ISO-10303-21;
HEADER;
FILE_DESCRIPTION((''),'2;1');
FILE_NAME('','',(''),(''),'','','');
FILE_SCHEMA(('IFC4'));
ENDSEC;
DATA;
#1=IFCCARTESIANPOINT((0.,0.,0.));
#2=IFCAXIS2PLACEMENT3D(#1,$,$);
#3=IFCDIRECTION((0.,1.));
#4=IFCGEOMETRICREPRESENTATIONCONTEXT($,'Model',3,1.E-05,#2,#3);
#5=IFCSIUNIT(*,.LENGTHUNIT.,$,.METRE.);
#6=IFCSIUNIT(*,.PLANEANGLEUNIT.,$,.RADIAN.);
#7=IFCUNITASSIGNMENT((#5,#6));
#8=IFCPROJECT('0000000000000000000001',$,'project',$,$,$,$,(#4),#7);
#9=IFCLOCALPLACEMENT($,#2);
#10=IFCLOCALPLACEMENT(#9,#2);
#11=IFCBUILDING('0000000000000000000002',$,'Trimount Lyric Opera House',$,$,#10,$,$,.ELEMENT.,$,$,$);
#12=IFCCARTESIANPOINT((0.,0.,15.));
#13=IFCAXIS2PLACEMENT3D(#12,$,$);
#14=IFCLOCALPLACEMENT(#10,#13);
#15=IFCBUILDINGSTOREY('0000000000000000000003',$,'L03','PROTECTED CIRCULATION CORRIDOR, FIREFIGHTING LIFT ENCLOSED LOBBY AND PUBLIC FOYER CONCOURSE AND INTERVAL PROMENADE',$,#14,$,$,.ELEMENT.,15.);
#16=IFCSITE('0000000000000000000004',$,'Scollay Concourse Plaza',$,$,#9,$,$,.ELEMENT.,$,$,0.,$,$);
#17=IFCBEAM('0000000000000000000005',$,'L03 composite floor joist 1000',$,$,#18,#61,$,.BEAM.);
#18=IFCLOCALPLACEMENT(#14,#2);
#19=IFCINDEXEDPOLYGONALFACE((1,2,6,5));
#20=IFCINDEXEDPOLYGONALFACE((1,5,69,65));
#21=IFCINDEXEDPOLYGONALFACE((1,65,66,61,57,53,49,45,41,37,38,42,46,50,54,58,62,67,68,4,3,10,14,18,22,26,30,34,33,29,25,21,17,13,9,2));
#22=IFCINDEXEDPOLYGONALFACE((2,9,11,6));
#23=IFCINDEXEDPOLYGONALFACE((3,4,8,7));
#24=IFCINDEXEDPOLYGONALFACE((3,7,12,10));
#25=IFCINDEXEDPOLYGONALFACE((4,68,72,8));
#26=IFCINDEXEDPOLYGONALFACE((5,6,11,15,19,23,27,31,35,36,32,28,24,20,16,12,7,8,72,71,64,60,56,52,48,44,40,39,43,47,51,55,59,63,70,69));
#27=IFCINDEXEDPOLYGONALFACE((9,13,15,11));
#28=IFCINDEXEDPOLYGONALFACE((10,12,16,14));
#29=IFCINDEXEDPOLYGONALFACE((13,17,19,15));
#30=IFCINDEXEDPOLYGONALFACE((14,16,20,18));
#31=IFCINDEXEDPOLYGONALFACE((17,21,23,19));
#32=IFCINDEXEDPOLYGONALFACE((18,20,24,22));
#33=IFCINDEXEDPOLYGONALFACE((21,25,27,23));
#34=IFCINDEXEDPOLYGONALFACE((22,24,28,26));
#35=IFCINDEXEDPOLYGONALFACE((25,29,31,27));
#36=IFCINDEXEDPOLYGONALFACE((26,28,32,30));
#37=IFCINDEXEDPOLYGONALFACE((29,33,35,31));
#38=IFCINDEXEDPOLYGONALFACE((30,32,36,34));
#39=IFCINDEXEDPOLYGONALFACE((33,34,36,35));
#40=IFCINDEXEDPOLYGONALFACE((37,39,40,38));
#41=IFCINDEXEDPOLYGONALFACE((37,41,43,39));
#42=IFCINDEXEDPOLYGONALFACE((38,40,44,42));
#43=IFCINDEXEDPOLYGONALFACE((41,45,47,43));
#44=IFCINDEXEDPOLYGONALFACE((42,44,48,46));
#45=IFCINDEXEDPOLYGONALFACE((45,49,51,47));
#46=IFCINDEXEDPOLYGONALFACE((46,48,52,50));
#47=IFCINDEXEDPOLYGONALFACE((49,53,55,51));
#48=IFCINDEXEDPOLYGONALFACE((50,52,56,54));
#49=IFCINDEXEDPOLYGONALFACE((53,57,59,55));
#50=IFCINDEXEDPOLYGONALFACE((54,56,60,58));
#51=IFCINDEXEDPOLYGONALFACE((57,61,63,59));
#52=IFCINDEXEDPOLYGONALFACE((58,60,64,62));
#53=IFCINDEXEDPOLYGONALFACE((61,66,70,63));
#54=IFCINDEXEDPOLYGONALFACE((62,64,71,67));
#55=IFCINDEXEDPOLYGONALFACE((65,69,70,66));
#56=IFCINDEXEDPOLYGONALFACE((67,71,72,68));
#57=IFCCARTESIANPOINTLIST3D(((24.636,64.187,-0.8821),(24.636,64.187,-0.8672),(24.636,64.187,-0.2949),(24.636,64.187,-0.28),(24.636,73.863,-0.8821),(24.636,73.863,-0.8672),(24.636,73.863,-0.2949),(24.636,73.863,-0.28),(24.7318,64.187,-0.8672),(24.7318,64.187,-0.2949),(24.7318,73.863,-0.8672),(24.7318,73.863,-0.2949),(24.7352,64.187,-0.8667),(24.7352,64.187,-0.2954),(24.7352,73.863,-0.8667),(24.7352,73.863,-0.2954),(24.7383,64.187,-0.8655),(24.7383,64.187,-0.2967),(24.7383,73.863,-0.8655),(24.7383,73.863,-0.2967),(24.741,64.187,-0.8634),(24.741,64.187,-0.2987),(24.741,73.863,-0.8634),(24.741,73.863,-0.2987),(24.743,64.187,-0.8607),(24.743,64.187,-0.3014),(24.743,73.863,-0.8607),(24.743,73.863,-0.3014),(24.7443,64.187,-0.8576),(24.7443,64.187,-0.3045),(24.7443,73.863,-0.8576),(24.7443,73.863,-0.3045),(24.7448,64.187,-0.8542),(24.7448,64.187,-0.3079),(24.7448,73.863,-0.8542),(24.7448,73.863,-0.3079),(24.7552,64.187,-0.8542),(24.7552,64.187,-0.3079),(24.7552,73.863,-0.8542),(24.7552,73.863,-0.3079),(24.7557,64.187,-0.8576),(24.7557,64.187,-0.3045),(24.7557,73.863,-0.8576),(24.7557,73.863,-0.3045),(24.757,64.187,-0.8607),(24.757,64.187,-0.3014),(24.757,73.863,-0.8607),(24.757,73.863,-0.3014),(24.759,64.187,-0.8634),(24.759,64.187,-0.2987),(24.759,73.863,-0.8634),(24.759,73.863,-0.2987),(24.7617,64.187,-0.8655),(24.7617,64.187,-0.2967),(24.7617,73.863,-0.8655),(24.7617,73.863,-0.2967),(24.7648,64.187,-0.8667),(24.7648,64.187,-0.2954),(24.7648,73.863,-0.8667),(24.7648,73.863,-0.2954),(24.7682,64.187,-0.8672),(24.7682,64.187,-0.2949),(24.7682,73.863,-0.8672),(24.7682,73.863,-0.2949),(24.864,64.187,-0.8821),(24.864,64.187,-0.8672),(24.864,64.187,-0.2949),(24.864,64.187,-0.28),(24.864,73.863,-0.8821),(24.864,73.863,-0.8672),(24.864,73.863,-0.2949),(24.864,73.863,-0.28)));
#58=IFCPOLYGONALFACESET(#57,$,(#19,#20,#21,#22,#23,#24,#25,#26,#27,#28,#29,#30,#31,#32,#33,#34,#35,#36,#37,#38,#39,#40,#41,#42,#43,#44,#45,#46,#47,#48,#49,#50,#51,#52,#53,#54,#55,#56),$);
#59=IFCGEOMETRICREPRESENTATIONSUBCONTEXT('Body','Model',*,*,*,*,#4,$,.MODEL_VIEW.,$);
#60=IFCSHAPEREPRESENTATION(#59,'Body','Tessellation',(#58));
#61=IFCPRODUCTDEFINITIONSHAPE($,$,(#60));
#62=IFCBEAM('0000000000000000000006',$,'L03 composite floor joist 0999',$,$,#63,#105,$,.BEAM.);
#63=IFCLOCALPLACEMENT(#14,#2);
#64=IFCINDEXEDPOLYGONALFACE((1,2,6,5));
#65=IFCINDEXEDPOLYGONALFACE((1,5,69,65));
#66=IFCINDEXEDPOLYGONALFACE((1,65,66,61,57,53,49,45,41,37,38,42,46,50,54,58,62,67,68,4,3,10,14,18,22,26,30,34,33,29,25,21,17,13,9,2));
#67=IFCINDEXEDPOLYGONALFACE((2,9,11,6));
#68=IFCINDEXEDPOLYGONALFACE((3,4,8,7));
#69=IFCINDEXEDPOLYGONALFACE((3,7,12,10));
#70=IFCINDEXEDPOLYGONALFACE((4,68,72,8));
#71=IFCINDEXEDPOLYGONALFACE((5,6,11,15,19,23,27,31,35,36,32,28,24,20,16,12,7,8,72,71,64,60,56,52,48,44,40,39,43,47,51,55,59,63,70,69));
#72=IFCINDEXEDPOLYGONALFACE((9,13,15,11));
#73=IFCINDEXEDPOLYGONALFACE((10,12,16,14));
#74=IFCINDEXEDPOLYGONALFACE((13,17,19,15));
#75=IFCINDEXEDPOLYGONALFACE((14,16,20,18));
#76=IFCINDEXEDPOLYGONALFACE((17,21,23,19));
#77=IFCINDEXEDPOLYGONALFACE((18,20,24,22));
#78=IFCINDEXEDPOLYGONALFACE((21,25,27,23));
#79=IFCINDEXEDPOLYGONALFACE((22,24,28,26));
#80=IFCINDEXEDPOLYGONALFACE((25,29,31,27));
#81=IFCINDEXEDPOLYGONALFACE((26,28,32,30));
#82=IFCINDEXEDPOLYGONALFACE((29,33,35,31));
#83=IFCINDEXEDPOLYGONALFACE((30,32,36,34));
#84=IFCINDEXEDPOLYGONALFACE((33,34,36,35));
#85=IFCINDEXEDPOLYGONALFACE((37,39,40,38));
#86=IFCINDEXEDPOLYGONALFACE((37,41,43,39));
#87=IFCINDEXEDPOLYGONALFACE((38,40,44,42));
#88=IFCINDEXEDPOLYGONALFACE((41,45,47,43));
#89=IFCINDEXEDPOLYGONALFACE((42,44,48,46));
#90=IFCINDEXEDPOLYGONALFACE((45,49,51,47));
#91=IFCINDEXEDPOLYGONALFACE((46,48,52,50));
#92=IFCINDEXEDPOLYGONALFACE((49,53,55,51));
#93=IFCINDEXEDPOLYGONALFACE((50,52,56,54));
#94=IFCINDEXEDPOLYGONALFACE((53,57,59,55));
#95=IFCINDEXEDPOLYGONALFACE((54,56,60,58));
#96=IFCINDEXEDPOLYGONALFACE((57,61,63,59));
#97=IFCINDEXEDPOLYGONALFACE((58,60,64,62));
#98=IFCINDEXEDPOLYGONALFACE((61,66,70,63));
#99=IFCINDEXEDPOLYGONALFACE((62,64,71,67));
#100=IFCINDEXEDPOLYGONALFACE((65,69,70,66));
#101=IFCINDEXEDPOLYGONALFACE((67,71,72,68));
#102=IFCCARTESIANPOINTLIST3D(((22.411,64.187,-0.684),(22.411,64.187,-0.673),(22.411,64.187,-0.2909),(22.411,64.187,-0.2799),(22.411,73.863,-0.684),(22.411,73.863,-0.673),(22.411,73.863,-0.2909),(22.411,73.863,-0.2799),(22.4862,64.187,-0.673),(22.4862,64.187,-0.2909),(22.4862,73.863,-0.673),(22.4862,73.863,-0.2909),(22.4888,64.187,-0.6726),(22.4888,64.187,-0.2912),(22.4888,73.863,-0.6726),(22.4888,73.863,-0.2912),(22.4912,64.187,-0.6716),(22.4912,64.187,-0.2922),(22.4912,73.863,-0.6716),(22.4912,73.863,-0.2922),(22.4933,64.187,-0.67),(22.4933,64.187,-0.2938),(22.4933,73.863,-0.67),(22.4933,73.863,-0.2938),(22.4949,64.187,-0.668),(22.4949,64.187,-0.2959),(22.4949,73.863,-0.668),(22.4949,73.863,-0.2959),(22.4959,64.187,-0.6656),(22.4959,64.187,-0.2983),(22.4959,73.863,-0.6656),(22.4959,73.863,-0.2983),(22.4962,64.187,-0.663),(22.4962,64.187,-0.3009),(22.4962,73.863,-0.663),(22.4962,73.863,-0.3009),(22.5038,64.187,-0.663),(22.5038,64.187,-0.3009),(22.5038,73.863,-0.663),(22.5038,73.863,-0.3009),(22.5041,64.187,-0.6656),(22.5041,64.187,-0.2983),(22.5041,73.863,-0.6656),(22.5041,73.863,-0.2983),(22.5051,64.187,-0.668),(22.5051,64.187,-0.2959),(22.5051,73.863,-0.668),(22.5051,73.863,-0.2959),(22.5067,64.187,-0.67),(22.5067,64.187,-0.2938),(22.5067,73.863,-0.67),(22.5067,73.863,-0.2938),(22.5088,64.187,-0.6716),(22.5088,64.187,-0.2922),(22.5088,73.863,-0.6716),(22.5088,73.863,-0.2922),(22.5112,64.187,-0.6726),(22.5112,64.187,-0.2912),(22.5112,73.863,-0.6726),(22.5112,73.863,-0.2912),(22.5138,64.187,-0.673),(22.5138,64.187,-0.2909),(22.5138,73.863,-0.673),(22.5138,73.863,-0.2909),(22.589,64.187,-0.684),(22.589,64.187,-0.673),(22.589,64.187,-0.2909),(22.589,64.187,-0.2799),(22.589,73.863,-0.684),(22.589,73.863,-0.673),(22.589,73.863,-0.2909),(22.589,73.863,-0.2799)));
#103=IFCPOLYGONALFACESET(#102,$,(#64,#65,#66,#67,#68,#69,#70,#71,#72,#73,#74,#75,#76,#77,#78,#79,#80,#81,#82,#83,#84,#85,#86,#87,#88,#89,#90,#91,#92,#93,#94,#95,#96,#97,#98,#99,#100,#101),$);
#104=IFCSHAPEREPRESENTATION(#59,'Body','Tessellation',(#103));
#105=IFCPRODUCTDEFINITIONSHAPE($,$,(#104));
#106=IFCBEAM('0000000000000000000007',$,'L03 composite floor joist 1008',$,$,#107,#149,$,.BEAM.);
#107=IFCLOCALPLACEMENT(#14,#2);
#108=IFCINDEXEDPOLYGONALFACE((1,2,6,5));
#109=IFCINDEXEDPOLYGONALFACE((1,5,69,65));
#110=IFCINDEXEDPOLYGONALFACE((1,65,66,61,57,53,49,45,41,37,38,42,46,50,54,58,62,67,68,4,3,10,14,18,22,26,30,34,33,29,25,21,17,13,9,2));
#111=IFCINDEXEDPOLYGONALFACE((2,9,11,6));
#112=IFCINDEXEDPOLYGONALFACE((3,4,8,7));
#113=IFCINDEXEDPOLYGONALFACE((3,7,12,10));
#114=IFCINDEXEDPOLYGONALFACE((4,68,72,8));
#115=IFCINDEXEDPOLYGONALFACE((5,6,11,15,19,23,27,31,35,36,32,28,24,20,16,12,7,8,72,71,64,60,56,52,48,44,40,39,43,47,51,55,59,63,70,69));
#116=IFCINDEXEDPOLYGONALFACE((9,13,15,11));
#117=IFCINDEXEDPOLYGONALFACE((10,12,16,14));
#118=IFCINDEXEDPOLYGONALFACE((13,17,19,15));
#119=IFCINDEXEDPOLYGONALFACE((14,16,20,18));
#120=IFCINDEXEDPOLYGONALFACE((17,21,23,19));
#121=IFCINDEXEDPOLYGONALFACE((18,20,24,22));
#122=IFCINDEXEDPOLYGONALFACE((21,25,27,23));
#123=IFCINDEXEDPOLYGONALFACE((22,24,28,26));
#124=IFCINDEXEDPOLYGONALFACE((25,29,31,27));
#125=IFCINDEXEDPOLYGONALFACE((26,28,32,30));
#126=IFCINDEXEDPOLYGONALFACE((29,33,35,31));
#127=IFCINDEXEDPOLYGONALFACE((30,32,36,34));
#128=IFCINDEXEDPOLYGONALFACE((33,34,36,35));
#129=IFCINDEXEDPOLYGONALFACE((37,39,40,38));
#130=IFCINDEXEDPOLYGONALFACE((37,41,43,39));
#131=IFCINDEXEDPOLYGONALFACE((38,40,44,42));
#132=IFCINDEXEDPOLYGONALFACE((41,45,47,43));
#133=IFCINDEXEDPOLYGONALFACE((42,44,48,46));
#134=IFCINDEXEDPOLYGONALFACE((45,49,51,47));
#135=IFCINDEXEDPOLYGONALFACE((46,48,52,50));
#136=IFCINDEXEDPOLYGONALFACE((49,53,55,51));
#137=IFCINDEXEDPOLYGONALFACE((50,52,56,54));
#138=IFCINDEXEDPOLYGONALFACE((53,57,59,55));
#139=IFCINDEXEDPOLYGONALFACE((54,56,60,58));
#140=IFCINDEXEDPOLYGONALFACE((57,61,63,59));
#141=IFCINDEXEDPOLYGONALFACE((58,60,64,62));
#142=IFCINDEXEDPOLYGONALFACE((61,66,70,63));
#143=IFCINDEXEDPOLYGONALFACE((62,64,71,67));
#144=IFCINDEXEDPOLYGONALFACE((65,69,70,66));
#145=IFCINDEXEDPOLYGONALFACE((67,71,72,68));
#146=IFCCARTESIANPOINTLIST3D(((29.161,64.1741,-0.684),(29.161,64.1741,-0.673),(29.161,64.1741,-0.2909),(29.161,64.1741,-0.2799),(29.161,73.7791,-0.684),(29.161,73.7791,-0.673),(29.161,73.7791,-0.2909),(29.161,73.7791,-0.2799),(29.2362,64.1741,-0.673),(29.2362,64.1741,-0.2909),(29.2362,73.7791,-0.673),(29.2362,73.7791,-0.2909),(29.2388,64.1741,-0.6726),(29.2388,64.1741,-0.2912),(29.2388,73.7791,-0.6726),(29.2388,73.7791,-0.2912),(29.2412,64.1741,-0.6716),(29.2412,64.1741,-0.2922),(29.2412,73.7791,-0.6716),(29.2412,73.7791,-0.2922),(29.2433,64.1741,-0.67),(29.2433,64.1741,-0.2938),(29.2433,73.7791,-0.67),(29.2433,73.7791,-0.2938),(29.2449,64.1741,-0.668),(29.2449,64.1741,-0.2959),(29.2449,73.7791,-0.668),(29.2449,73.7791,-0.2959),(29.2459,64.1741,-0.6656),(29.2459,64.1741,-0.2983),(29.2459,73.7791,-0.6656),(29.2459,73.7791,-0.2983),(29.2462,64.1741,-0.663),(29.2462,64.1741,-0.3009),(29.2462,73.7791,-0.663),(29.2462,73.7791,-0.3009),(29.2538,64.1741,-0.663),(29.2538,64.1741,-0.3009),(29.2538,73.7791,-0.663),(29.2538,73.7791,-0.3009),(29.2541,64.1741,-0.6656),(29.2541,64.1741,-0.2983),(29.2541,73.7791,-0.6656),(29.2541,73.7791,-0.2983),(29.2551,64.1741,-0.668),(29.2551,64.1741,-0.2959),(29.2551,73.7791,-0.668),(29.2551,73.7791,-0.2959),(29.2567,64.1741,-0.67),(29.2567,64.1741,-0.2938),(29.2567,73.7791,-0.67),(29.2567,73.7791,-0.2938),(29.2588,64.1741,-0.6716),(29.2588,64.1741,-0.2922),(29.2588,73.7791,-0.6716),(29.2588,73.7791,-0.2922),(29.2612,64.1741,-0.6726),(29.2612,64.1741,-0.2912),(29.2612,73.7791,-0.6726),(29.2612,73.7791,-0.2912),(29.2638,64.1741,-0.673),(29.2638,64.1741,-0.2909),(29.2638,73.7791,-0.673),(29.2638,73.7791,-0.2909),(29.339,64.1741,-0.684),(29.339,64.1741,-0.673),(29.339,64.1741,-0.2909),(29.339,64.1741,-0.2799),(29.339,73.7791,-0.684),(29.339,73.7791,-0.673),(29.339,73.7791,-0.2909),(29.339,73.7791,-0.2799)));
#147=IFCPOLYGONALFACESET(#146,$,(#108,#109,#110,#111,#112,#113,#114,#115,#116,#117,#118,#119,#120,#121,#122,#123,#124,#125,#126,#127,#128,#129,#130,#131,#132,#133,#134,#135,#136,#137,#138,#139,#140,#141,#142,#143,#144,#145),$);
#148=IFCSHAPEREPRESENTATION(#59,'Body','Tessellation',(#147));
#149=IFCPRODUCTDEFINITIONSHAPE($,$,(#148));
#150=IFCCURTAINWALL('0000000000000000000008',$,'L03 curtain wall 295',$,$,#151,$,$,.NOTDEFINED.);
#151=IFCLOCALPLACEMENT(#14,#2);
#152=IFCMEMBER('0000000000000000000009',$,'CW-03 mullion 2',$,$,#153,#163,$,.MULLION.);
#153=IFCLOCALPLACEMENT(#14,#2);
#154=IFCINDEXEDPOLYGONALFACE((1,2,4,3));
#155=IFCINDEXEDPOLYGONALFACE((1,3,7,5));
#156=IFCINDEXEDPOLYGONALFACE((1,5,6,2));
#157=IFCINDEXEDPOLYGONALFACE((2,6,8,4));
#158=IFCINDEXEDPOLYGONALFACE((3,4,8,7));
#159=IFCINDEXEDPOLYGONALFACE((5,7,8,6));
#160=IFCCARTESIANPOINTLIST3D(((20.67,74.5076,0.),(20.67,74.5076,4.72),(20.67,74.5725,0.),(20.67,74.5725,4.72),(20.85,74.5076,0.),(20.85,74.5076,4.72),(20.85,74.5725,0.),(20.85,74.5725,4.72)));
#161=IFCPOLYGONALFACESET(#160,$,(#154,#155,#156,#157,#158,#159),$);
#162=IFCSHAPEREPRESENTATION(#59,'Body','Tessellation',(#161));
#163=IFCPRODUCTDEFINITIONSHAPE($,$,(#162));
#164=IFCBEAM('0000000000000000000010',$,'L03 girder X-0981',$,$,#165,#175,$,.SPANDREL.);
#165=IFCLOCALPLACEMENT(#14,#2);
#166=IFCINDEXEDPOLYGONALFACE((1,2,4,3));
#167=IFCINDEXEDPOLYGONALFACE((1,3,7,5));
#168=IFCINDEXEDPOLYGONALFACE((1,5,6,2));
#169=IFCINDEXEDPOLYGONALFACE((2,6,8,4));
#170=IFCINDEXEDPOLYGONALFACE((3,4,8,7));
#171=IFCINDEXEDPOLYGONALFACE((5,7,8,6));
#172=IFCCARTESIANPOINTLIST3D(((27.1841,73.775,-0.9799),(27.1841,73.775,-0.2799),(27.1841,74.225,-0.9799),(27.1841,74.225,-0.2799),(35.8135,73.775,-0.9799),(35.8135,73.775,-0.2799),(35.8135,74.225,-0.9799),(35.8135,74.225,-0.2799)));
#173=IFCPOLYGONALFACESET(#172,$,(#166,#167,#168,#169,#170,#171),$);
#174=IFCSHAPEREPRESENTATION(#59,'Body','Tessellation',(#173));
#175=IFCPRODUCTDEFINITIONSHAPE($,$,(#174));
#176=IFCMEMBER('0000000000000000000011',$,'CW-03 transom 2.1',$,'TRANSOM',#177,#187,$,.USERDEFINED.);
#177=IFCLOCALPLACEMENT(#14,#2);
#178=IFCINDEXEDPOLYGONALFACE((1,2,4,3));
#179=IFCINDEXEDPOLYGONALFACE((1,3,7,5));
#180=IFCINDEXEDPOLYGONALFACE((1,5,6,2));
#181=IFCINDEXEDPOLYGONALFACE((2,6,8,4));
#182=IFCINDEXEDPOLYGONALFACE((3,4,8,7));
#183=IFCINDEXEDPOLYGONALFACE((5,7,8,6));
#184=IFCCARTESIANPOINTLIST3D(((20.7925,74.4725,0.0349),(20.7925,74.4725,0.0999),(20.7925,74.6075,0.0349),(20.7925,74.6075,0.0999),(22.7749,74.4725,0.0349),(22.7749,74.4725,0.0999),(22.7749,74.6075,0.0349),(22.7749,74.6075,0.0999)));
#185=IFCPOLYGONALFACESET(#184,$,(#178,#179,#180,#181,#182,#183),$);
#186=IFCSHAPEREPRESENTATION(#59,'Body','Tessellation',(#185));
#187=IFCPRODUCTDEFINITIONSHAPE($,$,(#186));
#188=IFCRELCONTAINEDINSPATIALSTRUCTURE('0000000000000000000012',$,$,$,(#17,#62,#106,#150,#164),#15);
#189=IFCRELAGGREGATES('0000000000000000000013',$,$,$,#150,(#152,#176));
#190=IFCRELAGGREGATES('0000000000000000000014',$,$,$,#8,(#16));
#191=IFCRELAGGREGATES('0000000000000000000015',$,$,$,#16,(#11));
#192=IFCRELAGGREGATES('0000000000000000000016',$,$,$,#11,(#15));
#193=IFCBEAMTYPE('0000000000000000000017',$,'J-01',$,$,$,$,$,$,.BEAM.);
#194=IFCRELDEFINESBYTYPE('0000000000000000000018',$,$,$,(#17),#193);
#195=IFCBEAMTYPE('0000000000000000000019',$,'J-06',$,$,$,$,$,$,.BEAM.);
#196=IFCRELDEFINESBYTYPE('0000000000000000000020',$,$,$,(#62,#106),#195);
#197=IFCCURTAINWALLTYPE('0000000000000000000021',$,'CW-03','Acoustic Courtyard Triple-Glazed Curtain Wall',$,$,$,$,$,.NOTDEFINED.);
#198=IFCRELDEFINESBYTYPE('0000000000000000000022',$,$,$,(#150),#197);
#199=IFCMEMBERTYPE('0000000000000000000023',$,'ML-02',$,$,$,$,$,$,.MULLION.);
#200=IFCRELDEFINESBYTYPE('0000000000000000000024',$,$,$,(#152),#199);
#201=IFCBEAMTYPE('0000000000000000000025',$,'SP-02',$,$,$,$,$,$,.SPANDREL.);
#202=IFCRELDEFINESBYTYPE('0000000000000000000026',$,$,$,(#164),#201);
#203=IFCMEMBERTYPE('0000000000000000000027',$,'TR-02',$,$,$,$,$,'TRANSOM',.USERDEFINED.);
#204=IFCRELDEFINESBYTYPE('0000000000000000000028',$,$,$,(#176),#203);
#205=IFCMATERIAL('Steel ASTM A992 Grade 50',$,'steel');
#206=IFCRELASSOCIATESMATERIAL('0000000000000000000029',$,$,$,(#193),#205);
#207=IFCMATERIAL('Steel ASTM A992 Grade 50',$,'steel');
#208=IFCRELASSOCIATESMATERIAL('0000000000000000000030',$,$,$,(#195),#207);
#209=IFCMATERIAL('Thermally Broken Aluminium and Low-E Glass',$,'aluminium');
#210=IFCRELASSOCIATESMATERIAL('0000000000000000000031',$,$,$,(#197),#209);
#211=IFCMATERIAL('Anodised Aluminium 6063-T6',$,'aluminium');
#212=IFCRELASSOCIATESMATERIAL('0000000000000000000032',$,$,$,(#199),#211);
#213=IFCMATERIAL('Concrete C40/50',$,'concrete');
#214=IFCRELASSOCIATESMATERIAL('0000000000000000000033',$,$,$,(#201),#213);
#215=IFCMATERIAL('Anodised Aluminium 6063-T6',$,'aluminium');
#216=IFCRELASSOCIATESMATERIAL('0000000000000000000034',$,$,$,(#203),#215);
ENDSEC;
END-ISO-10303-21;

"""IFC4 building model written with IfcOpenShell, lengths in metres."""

from ifc_helpers import new_model, si_unit, direction, frame, origin, origin_2d, place, context, subcontext, project, spatial, rectangle, i_section, extrude, material, material_profile, profile_set, type_object, element, aggregate, save


model = new_model("IFC4")

# Units and contexts
model_context = context("Model", 3, precision=1e-05, world=origin(), true_north=direction((0.0, 1.0)))
body_context = subcontext(model_context, "Body", "Model", "MODEL_VIEW")
ifc_project = project(units=[si_unit("LENGTHUNIT", "METRE"), si_unit("PLANEANGLEUNIT", "RADIAN")], contexts=[model_context])

# Site, building, storey
site_placement = place(None, origin())
site = spatial("IfcSite", under=ifc_project, at=site_placement, Name="Scollay Concourse Plaza", CompositionType="ELEMENT", RefElevation=0.0)
building_placement = place(site_placement, origin())
building = spatial("IfcBuilding", under=site, at=building_placement, Name="Trimount Lyric Opera House", CompositionType="ELEMENT")
storey_placement = place(building_placement, frame((0.0, 0.0, 15.0)))
storey = spatial("IfcBuildingStorey", under=building, at=storey_placement, Name="L03", Description="PROTECTED CIRCULATION CORRIDOR, FIREFIGHTING LIFT ENCLOSED LOBBY AND PUBLIC FOYER CONCOURSE AND INTERVAL PROMENADE", CompositionType="ELEMENT", Elevation=15.0)

# Beams
ifc_material_1 = material(Name="Steel ASTM A992 Grade 50", Category="steel")
ifc_material_profile_1 = material_profile(ifc_material_1, i_section(OverallWidth=0.228, OverallDepth=0.6021, WebThickness=0.0105, FlangeThickness=0.0149, FilletRadius=0.0129, at=origin_2d()), Name="W24X68")
ifc_profile_set_1 = profile_set([ifc_material_profile_1], Name="Steel ASTM A992 Grade 50")
beam_type_1 = type_object("IfcBeamType", Name="J-01", PredefinedType="BEAM", material=ifc_profile_set_1)
beam_1_placement = place(storey_placement, frame((24.75, 64.187, -0.5811), z_axis=(0.0, 1.0, 0.0), x_axis=(-1.0, 0.0, 0.0)))
element("IfcBeam", 1, at=beam_1_placement, inside=storey, type_object=beam_type_1, Name="L03 composite floor joist 1000", PredefinedType="BEAM", context=body_context, shape_type="SweptSolid", body=[
    extrude(i_section(OverallWidth=0.228, OverallDepth=0.6021, WebThickness=0.0105, FlangeThickness=0.0149, FilletRadius=0.0129, at=origin_2d()), origin(), (0.0, 0.0, 1.0), 9.676),
])
ifc_material_2 = material(Name="Steel ASTM A992 Grade 50", Category="steel")
ifc_material_profile_2 = material_profile(ifc_material_2, i_section(OverallWidth=0.178, OverallDepth=0.4041, WebThickness=0.0076, FlangeThickness=0.011, FilletRadius=0.01, at=origin_2d()), Name="W16X36")
ifc_profile_set_2 = profile_set([ifc_material_profile_2], Name="Steel ASTM A992 Grade 50")
beam_type_2 = type_object("IfcBeamType", Name="J-06", PredefinedType="BEAM", material=ifc_profile_set_2)
beam_2_placement = place(storey_placement, frame((22.5, 64.187, -0.4819), z_axis=(0.0, 1.0, 0.0), x_axis=(-1.0, 0.0, 0.0)))
element("IfcBeam", 2, at=beam_2_placement, inside=storey, type_object=beam_type_2, Name="L03 composite floor joist 0999", PredefinedType="BEAM", context=body_context, shape_type="SweptSolid", body=[
    extrude(i_section(OverallWidth=0.178, OverallDepth=0.4041, WebThickness=0.0076, FlangeThickness=0.011, FilletRadius=0.01, at=origin_2d()), origin(), (0.0, 0.0, 1.0), 9.676),
])
beam_3_placement = place(storey_placement, frame((29.25, 64.1741, -0.4819), z_axis=(0.0, 1.0, 0.0), x_axis=(-1.0, 0.0, 0.0)))
element("IfcBeam", 3, at=beam_3_placement, inside=storey, type_object=beam_type_2, Name="L03 composite floor joist 1008", PredefinedType="BEAM", context=body_context, shape_type="SweptSolid", body=[
    extrude(i_section(OverallWidth=0.178, OverallDepth=0.4041, WebThickness=0.0076, FlangeThickness=0.011, FilletRadius=0.01, at=origin_2d()), origin(), (0.0, 0.0, 1.0), 9.605),
])

# Curtain wall, member
ifc_material_3 = material(Name="Thermally Broken Aluminium and Low-E Glass", Category="aluminium")
curtain_wall_type = type_object("IfcCurtainWallType", Name="CW-03", Description="Acoustic Courtyard Triple-Glazed Curtain Wall", PredefinedType="NOTDEFINED", material=ifc_material_3)
curtain_wall_placement = place(storey_placement, origin())
curtain_wall = element("IfcCurtainWall", 4, at=curtain_wall_placement, inside=storey, type_object=curtain_wall_type, Name="L03 curtain wall 295", PredefinedType="NOTDEFINED")
ifc_material_4 = material(Name="Anodised Aluminium 6063-T6", Category="aluminium")
ifc_material_profile_3 = material_profile(ifc_material_4, rectangle(XDim=0.0649, YDim=0.1799, at=origin_2d()), Name="ALU-MULL-65X180")
ifc_profile_set_3 = profile_set([ifc_material_profile_3], Name="Anodised Aluminium 6063-T6")
member_type_1 = type_object("IfcMemberType", Name="ML-02", PredefinedType="MULLION", material=ifc_profile_set_3)
member_1_placement = place(storey_placement, frame((20.76, 74.54, 0.0), z_axis=(0.0, 0.0, 1.0), x_axis=(0.0, 1.0, 0.0)))
member_1 = element("IfcMember", 5, at=member_1_placement, type_object=member_type_1, Name="CW-03 mullion 2", PredefinedType="MULLION", context=body_context, shape_type="SweptSolid", body=[
    extrude(rectangle(XDim=0.0649, YDim=0.1799, at=origin_2d()), origin(), (0.0, 0.0, 1.0), 4.72),
])

# Beam
ifc_material_5 = material(Name="Concrete C40/50", Category="concrete")
ifc_material_profile_4 = material_profile(ifc_material_5, rectangle(XDim=0.45, YDim=0.7, at=origin_2d()), Name="RC450X700")
ifc_profile_set_4 = profile_set([ifc_material_profile_4], Name="Concrete C40/50")
beam_type_3 = type_object("IfcBeamType", Name="SP-02", PredefinedType="SPANDREL", material=ifc_profile_set_4)
beam_4_placement = place(storey_placement, frame((27.1841, 74.0, -0.6299), z_axis=(1.0, 0.0, 0.0), x_axis=(0.0, 1.0, 0.0)))
element("IfcBeam", 6, at=beam_4_placement, inside=storey, type_object=beam_type_3, Name="L03 girder X-0981", PredefinedType="SPANDREL", context=body_context, shape_type="SweptSolid", body=[
    extrude(rectangle(XDim=0.45, YDim=0.7, at=origin_2d()), origin(), (0.0, 0.0, 1.0), 8.6294),
])

# Member
ifc_material_6 = material(Name="Anodised Aluminium 6063-T6", Category="aluminium")
ifc_material_profile_5 = material_profile(ifc_material_6, rectangle(XDim=0.135, YDim=0.0649, at=origin_2d()), Name="ALU-TRAN-65X135")
ifc_profile_set_5 = profile_set([ifc_material_profile_5], Name="Anodised Aluminium 6063-T6")
member_type_2 = type_object("IfcMemberType", Name="TR-02", ElementType="TRANSOM", PredefinedType="USERDEFINED", material=ifc_profile_set_5)
member_2_placement = place(storey_placement, frame((20.7925, 74.54, 0.0674), z_axis=(1.0, 0.0, 0.0), x_axis=(0.0, 1.0, 0.0)))
member_2 = element("IfcMember", 7, at=member_2_placement, type_object=member_type_2, Name="CW-03 transom 2.1", ObjectType="TRANSOM", PredefinedType="USERDEFINED", context=body_context, shape_type="SweptSolid", body=[
    extrude(rectangle(XDim=0.135, YDim=0.0649, at=origin_2d()), origin(), (0.0, 0.0, 1.0), 1.9824),
])
aggregate(curtain_wall, [member_1, member_2])

save(model, "model.ifc")
